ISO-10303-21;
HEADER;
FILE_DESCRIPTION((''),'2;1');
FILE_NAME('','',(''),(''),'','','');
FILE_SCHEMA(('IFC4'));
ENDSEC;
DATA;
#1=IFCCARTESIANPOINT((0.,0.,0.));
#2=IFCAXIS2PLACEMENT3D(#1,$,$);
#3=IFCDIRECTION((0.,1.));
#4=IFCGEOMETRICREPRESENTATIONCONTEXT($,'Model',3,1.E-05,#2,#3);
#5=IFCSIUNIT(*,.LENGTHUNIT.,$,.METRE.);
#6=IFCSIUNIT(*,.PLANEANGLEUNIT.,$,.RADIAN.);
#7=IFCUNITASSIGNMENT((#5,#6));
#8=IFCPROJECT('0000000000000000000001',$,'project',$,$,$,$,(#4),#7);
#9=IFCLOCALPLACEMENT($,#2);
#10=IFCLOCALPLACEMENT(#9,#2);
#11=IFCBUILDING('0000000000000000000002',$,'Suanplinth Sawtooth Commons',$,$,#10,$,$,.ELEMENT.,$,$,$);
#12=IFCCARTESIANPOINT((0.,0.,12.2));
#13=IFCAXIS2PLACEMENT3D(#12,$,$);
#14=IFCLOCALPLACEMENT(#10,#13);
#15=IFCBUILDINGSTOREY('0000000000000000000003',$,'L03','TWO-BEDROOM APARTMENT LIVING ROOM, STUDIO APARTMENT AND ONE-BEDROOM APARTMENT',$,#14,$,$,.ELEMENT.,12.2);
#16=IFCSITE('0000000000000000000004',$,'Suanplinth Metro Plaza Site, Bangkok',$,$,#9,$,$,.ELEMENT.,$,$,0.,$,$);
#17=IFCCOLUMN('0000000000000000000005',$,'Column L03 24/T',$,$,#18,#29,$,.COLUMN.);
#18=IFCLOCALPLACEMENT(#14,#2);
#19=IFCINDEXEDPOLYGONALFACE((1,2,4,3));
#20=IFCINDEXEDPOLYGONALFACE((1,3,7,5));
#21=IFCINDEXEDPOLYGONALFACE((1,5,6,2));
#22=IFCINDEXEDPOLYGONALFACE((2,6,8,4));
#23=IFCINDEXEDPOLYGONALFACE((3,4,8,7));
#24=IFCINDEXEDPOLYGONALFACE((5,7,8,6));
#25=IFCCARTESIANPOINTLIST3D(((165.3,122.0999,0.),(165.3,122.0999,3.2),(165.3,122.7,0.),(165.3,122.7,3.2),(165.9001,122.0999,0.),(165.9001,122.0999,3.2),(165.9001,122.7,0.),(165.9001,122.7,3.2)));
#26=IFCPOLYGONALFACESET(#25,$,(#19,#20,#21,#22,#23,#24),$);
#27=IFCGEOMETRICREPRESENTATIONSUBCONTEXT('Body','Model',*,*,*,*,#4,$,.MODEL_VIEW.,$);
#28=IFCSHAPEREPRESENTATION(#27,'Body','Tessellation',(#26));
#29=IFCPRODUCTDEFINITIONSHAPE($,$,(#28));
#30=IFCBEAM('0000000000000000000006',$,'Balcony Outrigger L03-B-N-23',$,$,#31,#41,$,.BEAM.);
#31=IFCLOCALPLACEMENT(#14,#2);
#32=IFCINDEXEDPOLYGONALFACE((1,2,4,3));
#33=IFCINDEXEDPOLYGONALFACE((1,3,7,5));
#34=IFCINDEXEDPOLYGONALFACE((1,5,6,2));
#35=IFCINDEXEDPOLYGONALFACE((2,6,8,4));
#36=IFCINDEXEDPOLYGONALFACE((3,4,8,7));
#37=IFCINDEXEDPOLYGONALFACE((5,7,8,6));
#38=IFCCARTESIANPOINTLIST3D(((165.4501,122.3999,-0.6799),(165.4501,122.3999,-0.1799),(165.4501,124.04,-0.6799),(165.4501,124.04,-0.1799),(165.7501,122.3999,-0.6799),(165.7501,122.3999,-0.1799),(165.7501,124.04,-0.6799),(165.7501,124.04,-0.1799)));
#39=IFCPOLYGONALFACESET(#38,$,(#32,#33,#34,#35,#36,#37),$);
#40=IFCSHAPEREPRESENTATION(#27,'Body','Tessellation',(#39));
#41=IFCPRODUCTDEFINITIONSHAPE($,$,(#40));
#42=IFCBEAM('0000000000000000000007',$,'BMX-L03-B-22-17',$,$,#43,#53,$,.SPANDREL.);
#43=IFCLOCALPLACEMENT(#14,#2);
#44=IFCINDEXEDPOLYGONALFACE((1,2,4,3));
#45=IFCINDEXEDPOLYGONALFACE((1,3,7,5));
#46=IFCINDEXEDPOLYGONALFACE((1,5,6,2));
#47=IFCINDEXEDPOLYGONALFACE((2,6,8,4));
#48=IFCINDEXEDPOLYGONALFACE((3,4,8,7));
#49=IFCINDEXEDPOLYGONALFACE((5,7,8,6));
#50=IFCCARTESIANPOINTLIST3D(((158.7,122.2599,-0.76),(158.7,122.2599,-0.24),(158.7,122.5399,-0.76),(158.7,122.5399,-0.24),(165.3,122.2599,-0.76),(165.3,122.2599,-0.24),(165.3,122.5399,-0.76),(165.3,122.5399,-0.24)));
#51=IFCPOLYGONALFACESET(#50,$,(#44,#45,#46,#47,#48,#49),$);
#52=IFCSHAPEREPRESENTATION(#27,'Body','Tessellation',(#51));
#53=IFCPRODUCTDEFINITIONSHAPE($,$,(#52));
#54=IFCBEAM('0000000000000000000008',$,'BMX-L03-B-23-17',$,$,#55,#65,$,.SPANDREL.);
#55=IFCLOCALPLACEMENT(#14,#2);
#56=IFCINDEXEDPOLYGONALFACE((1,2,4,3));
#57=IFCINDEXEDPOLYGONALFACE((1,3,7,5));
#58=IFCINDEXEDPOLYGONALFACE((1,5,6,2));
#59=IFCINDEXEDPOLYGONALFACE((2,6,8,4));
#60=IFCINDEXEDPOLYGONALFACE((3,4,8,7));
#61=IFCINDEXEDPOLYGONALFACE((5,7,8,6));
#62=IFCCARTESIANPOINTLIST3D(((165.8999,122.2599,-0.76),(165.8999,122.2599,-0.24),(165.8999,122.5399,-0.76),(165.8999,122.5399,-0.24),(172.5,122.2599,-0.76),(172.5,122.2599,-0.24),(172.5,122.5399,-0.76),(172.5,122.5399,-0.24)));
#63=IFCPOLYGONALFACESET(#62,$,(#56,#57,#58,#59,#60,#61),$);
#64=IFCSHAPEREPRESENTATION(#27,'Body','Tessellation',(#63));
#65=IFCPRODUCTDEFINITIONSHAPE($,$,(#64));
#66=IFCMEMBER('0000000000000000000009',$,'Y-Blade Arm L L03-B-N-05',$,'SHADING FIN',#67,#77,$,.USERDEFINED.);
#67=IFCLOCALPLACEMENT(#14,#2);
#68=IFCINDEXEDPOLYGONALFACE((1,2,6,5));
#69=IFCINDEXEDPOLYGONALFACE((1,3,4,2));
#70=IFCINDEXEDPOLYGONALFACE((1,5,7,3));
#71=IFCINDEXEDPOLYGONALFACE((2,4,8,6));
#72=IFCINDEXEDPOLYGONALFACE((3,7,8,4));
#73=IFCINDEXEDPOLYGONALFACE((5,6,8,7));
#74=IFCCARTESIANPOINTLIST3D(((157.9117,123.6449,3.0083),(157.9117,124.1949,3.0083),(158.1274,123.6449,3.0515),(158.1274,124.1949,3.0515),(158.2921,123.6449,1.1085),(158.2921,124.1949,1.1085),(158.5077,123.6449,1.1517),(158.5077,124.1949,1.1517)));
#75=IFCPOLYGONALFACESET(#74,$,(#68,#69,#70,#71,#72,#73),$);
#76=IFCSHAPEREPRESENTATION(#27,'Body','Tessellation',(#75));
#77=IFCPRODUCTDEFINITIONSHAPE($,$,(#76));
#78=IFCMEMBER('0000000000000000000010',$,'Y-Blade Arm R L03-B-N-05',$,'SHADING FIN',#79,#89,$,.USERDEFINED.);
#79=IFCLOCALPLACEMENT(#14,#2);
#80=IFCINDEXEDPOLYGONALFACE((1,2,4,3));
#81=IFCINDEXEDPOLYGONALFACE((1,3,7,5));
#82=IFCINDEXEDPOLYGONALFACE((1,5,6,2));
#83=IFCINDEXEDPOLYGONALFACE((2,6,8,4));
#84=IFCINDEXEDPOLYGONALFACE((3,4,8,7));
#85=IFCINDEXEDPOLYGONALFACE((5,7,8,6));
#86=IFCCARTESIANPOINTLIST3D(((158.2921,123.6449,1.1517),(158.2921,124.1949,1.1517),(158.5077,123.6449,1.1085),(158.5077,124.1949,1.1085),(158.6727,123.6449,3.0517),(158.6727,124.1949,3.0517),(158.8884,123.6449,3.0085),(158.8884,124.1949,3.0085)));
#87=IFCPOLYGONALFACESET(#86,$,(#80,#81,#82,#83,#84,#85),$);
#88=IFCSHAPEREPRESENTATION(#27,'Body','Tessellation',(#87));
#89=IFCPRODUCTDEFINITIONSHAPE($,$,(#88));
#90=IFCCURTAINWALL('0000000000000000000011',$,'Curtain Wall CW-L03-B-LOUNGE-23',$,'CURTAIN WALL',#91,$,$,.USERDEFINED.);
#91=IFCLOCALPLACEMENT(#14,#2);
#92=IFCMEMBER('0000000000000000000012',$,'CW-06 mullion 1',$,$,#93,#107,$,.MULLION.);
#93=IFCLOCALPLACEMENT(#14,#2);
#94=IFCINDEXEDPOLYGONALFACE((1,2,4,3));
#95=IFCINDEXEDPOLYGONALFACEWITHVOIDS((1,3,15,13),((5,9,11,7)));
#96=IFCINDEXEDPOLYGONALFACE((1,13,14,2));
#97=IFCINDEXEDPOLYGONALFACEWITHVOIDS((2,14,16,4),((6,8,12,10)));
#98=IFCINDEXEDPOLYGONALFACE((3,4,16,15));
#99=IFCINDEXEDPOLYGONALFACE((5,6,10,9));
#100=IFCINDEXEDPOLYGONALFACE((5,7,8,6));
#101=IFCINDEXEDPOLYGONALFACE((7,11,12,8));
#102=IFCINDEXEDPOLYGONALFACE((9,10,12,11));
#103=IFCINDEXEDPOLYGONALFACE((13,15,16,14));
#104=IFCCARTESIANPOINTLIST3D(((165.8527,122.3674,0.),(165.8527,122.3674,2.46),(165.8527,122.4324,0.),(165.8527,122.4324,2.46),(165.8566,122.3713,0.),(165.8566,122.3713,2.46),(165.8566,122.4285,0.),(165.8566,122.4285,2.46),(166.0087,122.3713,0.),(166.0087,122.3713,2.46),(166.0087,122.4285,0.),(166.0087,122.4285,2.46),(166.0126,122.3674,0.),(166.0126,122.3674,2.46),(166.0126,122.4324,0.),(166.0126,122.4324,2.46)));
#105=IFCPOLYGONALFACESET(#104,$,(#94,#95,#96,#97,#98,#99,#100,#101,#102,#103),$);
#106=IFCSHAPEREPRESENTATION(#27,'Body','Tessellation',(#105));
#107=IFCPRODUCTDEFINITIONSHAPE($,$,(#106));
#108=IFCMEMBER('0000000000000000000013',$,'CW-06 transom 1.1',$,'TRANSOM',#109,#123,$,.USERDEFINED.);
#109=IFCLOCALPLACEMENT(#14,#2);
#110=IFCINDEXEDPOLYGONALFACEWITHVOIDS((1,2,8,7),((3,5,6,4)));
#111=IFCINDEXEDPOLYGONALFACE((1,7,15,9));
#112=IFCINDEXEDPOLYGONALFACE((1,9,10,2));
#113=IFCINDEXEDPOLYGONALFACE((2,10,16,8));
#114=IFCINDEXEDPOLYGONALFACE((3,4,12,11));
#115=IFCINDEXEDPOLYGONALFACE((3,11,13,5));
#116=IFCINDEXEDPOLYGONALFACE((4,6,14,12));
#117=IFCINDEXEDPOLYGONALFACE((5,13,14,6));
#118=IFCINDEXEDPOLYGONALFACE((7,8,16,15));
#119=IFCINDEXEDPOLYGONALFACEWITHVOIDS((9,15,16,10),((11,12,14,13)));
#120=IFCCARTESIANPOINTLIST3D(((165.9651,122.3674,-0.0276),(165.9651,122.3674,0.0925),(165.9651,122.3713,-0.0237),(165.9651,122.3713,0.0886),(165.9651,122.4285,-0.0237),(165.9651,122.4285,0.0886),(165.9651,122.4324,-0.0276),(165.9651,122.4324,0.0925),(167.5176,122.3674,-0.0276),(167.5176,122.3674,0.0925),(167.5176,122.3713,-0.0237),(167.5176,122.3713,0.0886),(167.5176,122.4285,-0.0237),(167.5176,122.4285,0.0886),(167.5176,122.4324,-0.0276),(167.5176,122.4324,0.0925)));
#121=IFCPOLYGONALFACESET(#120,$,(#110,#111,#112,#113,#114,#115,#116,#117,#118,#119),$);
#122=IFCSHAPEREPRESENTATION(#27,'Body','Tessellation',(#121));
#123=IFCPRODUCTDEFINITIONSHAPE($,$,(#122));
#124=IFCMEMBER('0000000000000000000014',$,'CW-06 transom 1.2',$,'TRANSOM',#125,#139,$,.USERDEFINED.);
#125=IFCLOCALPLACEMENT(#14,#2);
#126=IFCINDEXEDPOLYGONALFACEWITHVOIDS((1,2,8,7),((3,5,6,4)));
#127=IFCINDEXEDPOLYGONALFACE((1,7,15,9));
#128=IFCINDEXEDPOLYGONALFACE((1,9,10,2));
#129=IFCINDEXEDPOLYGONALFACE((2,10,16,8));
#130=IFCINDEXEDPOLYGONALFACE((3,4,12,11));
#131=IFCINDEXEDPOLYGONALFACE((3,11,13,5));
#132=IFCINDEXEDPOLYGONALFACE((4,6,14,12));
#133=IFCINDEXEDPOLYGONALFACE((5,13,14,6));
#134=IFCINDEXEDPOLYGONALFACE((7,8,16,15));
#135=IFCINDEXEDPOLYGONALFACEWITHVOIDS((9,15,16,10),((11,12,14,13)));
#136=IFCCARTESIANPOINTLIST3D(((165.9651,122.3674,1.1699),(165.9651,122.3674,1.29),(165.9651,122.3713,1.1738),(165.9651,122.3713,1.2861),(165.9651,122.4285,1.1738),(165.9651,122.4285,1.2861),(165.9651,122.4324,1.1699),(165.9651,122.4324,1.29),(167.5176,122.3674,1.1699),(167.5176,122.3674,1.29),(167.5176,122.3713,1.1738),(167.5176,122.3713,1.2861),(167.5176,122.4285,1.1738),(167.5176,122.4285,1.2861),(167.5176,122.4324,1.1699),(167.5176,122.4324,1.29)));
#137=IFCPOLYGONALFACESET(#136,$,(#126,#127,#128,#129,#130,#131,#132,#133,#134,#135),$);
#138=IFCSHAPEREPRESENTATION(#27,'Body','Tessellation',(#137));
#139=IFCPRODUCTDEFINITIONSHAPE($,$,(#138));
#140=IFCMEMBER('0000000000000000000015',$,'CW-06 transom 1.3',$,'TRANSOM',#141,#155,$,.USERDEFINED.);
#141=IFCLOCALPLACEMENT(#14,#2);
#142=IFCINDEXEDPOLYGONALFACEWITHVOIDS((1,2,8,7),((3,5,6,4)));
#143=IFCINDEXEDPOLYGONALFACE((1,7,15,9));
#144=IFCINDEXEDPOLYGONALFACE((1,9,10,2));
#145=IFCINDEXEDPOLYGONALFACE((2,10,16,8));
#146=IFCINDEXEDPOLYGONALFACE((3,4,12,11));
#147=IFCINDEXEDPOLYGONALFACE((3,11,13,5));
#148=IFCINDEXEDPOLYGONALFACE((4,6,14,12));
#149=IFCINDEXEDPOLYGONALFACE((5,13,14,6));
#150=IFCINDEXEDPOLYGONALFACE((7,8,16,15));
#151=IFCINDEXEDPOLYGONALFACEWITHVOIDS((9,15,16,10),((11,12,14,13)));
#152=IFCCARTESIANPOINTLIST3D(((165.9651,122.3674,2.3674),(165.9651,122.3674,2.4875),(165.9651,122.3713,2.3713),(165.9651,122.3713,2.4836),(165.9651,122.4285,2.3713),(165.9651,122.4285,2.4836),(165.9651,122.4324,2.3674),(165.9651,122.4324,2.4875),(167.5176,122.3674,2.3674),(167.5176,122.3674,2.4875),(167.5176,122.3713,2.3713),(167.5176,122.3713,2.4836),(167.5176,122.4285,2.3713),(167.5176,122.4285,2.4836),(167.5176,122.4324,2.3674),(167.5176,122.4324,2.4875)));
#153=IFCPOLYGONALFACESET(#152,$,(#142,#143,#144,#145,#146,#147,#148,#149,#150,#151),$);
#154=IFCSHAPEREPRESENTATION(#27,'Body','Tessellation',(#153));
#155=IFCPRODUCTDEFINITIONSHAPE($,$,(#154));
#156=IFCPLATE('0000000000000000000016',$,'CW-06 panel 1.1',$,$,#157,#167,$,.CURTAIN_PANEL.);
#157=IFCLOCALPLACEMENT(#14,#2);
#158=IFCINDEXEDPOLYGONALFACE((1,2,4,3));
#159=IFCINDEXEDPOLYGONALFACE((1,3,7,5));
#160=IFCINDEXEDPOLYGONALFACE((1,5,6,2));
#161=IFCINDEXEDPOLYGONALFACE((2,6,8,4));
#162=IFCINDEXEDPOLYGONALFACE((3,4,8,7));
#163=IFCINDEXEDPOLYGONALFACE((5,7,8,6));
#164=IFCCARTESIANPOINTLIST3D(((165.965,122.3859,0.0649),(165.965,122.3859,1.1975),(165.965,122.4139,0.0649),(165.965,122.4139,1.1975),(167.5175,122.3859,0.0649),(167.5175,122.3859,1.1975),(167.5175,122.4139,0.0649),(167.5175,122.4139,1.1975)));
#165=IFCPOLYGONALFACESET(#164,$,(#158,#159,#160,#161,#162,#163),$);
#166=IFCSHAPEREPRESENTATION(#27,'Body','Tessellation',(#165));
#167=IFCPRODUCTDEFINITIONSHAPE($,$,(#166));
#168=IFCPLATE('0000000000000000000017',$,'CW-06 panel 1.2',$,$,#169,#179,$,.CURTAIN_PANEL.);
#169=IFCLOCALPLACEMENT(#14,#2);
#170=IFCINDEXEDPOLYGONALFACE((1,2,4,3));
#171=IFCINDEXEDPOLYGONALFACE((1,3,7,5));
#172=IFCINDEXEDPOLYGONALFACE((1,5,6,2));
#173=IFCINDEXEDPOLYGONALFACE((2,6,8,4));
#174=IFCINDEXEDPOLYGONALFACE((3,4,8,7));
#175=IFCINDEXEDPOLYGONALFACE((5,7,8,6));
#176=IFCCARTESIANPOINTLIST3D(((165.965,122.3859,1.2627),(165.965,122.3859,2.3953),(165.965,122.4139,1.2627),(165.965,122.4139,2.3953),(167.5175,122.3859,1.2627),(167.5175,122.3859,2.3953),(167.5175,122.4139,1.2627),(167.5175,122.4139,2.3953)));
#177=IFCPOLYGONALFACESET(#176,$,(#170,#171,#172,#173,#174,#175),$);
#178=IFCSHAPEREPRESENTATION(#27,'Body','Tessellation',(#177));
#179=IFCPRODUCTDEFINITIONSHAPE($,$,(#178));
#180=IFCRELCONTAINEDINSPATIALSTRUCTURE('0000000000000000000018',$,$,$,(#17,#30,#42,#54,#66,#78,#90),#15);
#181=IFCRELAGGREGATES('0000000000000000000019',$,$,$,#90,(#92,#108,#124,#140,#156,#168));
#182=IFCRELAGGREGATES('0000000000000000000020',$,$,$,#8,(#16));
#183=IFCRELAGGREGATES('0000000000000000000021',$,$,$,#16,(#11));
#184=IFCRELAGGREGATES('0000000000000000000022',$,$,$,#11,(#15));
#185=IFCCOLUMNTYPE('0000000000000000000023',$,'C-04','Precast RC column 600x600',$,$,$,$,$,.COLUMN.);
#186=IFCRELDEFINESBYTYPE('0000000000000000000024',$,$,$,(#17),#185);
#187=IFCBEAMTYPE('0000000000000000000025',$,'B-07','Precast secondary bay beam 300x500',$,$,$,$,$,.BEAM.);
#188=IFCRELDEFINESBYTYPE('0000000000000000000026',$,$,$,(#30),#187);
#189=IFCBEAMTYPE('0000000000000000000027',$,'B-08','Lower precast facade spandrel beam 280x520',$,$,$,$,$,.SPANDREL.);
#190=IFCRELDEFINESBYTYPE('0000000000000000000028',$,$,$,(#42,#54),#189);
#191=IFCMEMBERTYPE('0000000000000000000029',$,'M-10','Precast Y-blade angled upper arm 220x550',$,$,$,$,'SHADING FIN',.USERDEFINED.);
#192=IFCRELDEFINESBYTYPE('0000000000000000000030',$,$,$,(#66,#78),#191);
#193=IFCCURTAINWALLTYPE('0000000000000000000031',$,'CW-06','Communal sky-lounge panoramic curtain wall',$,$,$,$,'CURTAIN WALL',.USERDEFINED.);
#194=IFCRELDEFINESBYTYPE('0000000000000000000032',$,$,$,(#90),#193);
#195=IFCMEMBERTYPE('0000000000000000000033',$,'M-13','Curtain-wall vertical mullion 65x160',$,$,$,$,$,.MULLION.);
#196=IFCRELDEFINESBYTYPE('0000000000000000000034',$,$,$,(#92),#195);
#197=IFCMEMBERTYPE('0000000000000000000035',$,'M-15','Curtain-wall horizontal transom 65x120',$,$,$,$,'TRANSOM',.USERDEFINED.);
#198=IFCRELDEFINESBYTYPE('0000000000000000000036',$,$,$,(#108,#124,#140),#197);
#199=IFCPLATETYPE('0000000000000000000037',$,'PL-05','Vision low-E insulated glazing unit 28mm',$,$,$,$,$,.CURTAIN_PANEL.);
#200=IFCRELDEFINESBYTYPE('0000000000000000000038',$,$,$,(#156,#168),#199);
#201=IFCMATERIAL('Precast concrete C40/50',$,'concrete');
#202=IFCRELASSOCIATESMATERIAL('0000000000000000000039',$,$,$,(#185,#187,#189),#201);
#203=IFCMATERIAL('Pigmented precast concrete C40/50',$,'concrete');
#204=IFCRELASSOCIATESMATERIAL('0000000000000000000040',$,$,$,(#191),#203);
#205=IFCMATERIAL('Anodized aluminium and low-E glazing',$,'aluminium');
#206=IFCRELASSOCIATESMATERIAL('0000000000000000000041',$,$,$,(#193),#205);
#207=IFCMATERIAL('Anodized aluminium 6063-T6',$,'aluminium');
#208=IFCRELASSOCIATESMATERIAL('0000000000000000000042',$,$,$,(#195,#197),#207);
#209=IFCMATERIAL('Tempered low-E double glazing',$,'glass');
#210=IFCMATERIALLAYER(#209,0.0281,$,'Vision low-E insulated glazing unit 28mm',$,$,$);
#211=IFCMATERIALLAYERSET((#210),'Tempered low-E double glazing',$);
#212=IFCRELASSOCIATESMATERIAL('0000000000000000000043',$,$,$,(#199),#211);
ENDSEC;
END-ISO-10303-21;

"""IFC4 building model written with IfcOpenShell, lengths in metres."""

from ifc_helpers import new_model, si_unit, direction, frame, origin, origin_2d, place, context, subcontext, project, spatial, rectangle, hollow_rectangle, extrude, material, layer, layer_set, material_profile, profile_set, type_object, element, aggregate, save


model = new_model("IFC4")

# Units and contexts
model_context = context("Model", 3, precision=1e-05, world=origin(), true_north=direction((0.0, 1.0)))
body_context = subcontext(model_context, "Body", "Model", "MODEL_VIEW")
ifc_project = project(units=[si_unit("LENGTHUNIT", "METRE"), si_unit("PLANEANGLEUNIT", "RADIAN")], contexts=[model_context])

# Site, building, storey
site_placement = place(None, origin())
site = spatial("IfcSite", under=ifc_project, at=site_placement, Name="Suanplinth Metro Plaza Site, Bangkok", CompositionType="ELEMENT", RefElevation=0.0)
building_placement = place(site_placement, origin())
building = spatial("IfcBuilding", under=site, at=building_placement, Name="Suanplinth Sawtooth Commons", CompositionType="ELEMENT")
storey_placement = place(building_placement, frame((0.0, 0.0, 12.2)))
storey = spatial("IfcBuildingStorey", under=building, at=storey_placement, Name="L03", Description="TWO-BEDROOM APARTMENT LIVING ROOM, STUDIO APARTMENT AND ONE-BEDROOM APARTMENT", CompositionType="ELEMENT", Elevation=12.2)

# Column
ifc_material_1 = material(Name="Precast concrete C40/50", Category="concrete")
ifc_material_profile_1 = material_profile(ifc_material_1, rectangle(XDim=0.6001, YDim=0.6001, at=origin_2d()), Name="PC-COL 600x600")
ifc_profile_set_1 = profile_set([ifc_material_profile_1], Name="Precast concrete C40/50")
column_type = type_object("IfcColumnType", Name="C-04", Description="Precast RC column 600x600", PredefinedType="COLUMN", material=ifc_profile_set_1)
column_placement = place(storey_placement, frame((165.6001, 122.3999, 0.0), z_axis=(0.0, 0.0, 1.0), x_axis=(1.0, 0.0, 0.0)))
element("IfcColumn", 1, at=column_placement, inside=storey, type_object=column_type, Name="Column L03 24/T", PredefinedType="COLUMN", context=body_context, shape_type="SweptSolid", body=[
    extrude(rectangle(XDim=0.6001, YDim=0.6001, at=origin_2d()), origin(), (0.0, 0.0, 1.0), 3.2),
])

# Beams
ifc_material_profile_2 = material_profile(ifc_material_1, rectangle(XDim=0.3, YDim=0.5, at=origin_2d()), Name="PC-BM 300x500")
ifc_profile_set_2 = profile_set([ifc_material_profile_2], Name="Precast concrete C40/50")
beam_type_1 = type_object("IfcBeamType", Name="B-07", Description="Precast secondary bay beam 300x500", PredefinedType="BEAM", material=ifc_profile_set_2)
beam_placement = place(storey_placement, frame((165.6001, 122.3999, -0.4299), z_axis=(0.0, 1.0, 0.0), x_axis=(-1.0, 0.0, 0.0)))
element("IfcBeam", 2, at=beam_placement, inside=storey, type_object=beam_type_1, Name="Balcony Outrigger L03-B-N-23", PredefinedType="BEAM", context=body_context, shape_type="SweptSolid", body=[
    extrude(rectangle(XDim=0.3, YDim=0.5, at=origin_2d()), origin(), (0.0, 0.0, 1.0), 1.6401),
])
ifc_material_profile_3 = material_profile(ifc_material_1, rectangle(XDim=0.28, YDim=0.52, at=origin_2d()), Name="PC-SP 280x520")
ifc_profile_set_3 = profile_set([ifc_material_profile_3], Name="Precast concrete C40/50")
beam_type_2 = type_object("IfcBeamType", Name="B-08", Description="Lower precast facade spandrel beam 280x520", PredefinedType="SPANDREL", material=ifc_profile_set_3)
for number, where, z_axis, x_axis, name in (
    (3, (158.7, 122.3999, -0.5), (1.0, 0.0, 0.0), (0.0, 1.0, 0.0), "BMX-L03-B-22-17"),
    (4, (165.8999, 122.3999, -0.5), (1.0, 0.0, 0.0), (0.0, 1.0, 0.0), "BMX-L03-B-23-17"),
):
    element("IfcBeam", number, at=place(storey_placement, frame(where, z_axis=z_axis, x_axis=x_axis)), inside=storey, type_object=beam_type_2, Name=name, PredefinedType="SPANDREL", context=body_context, shape_type="SweptSolid", body=[
        extrude(rectangle(XDim=0.28, YDim=0.52, at=origin_2d()), origin(), (0.0, 0.0, 1.0), 6.6001),
    ])

# Members
ifc_material_2 = material(Name="Pigmented precast concrete C40/50", Category="concrete")
ifc_material_profile_4 = material_profile(ifc_material_2, rectangle(XDim=0.22, YDim=0.55, at=origin_2d()), Name="PC-FIN 220x550")
ifc_profile_set_4 = profile_set([ifc_material_profile_4], Name="Pigmented precast concrete C40/50")
member_type_1 = type_object("IfcMemberType", Name="M-10", Description="Precast Y-blade angled upper arm 220x550", ElementType="SHADING FIN", PredefinedType="USERDEFINED", material=ifc_profile_set_4)
member_1_placement = place(storey_placement, frame((158.3999, 123.9199, 1.1301), z_axis=(-0.19631, 0.0, 0.980542), x_axis=(0.980542, 0.0, 0.19631)))
element("IfcMember", 5, at=member_1_placement, inside=storey, type_object=member_type_1, Name="Y-Blade Arm L L03-B-N-05", ObjectType="SHADING FIN", PredefinedType="USERDEFINED", context=body_context, shape_type="SweptSolid", body=[
    extrude(rectangle(XDim=0.22, YDim=0.55, at=origin_2d()), origin(), (0.0, 0.0, 1.0), 1.9375),
])
member_2_placement = place(storey_placement, frame((158.3999, 123.9199, 1.1301), z_axis=(0.196431, 0.0, 0.980518), x_axis=(-0.980518, 0.0, 0.196431)))
element("IfcMember", 6, at=member_2_placement, inside=storey, type_object=member_type_1, Name="Y-Blade Arm R L03-B-N-05", ObjectType="SHADING FIN", PredefinedType="USERDEFINED", context=body_context, shape_type="SweptSolid", body=[
    extrude(rectangle(XDim=0.22, YDim=0.55, at=origin_2d()), origin(), (0.0, 0.0, 1.0), 1.9377),
])

# Curtain wall, members, plates
ifc_material_3 = material(Name="Anodized aluminium and low-E glazing", Category="aluminium")
curtain_wall_type = type_object("IfcCurtainWallType", Name="CW-06", Description="Communal sky-lounge panoramic curtain wall", ElementType="CURTAIN WALL", PredefinedType="USERDEFINED", material=ifc_material_3)
curtain_wall_placement = place(storey_placement, origin())
curtain_wall = element("IfcCurtainWall", 7, at=curtain_wall_placement, inside=storey, type_object=curtain_wall_type, Name="Curtain Wall CW-L03-B-LOUNGE-23", ObjectType="CURTAIN WALL", PredefinedType="USERDEFINED")
ifc_material_4 = material(Name="Anodized aluminium 6063-T6", Category="aluminium")
ifc_material_profile_5 = material_profile(ifc_material_4, hollow_rectangle(XDim=0.0649, YDim=0.1599, WallThickness=0.0039, at=origin_2d()), Name="ALU-MUL 65x160")
ifc_profile_set_5 = profile_set([ifc_material_profile_5], Name="Anodized aluminium 6063-T6")
member_type_2 = type_object("IfcMemberType", Name="M-13", Description="Curtain-wall vertical mullion 65x160", PredefinedType="MULLION", material=ifc_profile_set_5)
member_3_placement = place(storey_placement, frame((165.9326, 122.3999, 0.0), z_axis=(0.0, 0.0, 1.0), x_axis=(0.0, 1.0, 0.0)))
member_3 = element("IfcMember", 8, at=member_3_placement, type_object=member_type_2, Name="CW-06 mullion 1", PredefinedType="MULLION", context=body_context, shape_type="SweptSolid", body=[
    extrude(hollow_rectangle(XDim=0.0649, YDim=0.1599, WallThickness=0.0039, at=origin_2d()), origin(), (0.0, 0.0, 1.0), 2.46),
])
ifc_material_profile_6 = material_profile(ifc_material_4, hollow_rectangle(XDim=0.0649, YDim=0.1201, WallThickness=0.0039, at=origin_2d()), Name="ALU-TRN 65x120")
ifc_profile_set_6 = profile_set([ifc_material_profile_6], Name="Anodized aluminium 6063-T6")
member_type_3 = type_object("IfcMemberType", Name="M-15", Description="Curtain-wall horizontal transom 65x120", ElementType="TRANSOM", PredefinedType="USERDEFINED", material=ifc_profile_set_6)
member_4_placement = place(storey_placement, frame((165.9651, 122.3999, 0.0325), z_axis=(1.0, 0.0, 0.0), x_axis=(0.0, 1.0, 0.0)))
member_4 = element("IfcMember", 9, at=member_4_placement, type_object=member_type_3, Name="CW-06 transom 1.1", ObjectType="TRANSOM", PredefinedType="USERDEFINED", context=body_context, shape_type="SweptSolid", body=[
    extrude(hollow_rectangle(XDim=0.0649, YDim=0.1201, WallThickness=0.0039, at=origin_2d()), origin(), (0.0, 0.0, 1.0), 1.5525),
])
member_5_placement = place(storey_placement, frame((165.9651, 122.3999, 1.23), z_axis=(1.0, 0.0, 0.0), x_axis=(0.0, 1.0, 0.0)))
member_5 = element("IfcMember", 10, at=member_5_placement, type_object=member_type_3, Name="CW-06 transom 1.2", ObjectType="TRANSOM", PredefinedType="USERDEFINED", context=body_context, shape_type="SweptSolid", body=[
    extrude(hollow_rectangle(XDim=0.0649, YDim=0.1201, WallThickness=0.0039, at=origin_2d()), origin(), (0.0, 0.0, 1.0), 1.5525),
])
member_6_placement = place(storey_placement, frame((165.9651, 122.3999, 2.4275), z_axis=(1.0, 0.0, 0.0), x_axis=(0.0, 1.0, 0.0)))
member_6 = element("IfcMember", 11, at=member_6_placement, type_object=member_type_3, Name="CW-06 transom 1.3", ObjectType="TRANSOM", PredefinedType="USERDEFINED", context=body_context, shape_type="SweptSolid", body=[
    extrude(hollow_rectangle(XDim=0.0649, YDim=0.1201, WallThickness=0.0039, at=origin_2d()), origin(), (0.0, 0.0, 1.0), 1.5525),
])
ifc_material_5 = material(Name="Tempered low-E double glazing", Category="glass")
ifc_layer_1 = layer(ifc_material_5, 0.0281, Name="Vision low-E insulated glazing unit 28mm")
ifc_layer_set_1 = layer_set([ifc_layer_1], Name="Tempered low-E double glazing")
plate_type = type_object("IfcPlateType", Name="PL-05", Description="Vision low-E insulated glazing unit 28mm", PredefinedType="CURTAIN_PANEL", material=ifc_layer_set_1)
plate_1_placement = place(storey_placement, frame((166.7412, 122.3999, 0.0649), z_axis=(0.0, 0.0, 1.0), x_axis=(1.0, 0.0, 0.0)))
plate_1 = element("IfcPlate", 12, at=plate_1_placement, type_object=plate_type, Name="CW-06 panel 1.1", PredefinedType="CURTAIN_PANEL", context=body_context, shape_type="SweptSolid", body=[
    extrude(rectangle(XDim=1.5525, YDim=0.0281, at=origin_2d()), origin(), (0.0, 0.0, 1.0), 1.1326),
])
plate_2_placement = place(storey_placement, frame((166.7412, 122.3999, 1.2627), z_axis=(0.0, 0.0, 1.0), x_axis=(1.0, 0.0, 0.0)))
plate_2 = element("IfcPlate", 13, at=plate_2_placement, type_object=plate_type, Name="CW-06 panel 1.2", PredefinedType="CURTAIN_PANEL", context=body_context, shape_type="SweptSolid", body=[
    extrude(rectangle(XDim=1.5525, YDim=0.0281, at=origin_2d()), origin(), (0.0, 0.0, 1.0), 1.1326),
])
aggregate(curtain_wall, [member_3, member_4, member_5, member_6, plate_1, plate_2])

save(model, "model.ifc")
